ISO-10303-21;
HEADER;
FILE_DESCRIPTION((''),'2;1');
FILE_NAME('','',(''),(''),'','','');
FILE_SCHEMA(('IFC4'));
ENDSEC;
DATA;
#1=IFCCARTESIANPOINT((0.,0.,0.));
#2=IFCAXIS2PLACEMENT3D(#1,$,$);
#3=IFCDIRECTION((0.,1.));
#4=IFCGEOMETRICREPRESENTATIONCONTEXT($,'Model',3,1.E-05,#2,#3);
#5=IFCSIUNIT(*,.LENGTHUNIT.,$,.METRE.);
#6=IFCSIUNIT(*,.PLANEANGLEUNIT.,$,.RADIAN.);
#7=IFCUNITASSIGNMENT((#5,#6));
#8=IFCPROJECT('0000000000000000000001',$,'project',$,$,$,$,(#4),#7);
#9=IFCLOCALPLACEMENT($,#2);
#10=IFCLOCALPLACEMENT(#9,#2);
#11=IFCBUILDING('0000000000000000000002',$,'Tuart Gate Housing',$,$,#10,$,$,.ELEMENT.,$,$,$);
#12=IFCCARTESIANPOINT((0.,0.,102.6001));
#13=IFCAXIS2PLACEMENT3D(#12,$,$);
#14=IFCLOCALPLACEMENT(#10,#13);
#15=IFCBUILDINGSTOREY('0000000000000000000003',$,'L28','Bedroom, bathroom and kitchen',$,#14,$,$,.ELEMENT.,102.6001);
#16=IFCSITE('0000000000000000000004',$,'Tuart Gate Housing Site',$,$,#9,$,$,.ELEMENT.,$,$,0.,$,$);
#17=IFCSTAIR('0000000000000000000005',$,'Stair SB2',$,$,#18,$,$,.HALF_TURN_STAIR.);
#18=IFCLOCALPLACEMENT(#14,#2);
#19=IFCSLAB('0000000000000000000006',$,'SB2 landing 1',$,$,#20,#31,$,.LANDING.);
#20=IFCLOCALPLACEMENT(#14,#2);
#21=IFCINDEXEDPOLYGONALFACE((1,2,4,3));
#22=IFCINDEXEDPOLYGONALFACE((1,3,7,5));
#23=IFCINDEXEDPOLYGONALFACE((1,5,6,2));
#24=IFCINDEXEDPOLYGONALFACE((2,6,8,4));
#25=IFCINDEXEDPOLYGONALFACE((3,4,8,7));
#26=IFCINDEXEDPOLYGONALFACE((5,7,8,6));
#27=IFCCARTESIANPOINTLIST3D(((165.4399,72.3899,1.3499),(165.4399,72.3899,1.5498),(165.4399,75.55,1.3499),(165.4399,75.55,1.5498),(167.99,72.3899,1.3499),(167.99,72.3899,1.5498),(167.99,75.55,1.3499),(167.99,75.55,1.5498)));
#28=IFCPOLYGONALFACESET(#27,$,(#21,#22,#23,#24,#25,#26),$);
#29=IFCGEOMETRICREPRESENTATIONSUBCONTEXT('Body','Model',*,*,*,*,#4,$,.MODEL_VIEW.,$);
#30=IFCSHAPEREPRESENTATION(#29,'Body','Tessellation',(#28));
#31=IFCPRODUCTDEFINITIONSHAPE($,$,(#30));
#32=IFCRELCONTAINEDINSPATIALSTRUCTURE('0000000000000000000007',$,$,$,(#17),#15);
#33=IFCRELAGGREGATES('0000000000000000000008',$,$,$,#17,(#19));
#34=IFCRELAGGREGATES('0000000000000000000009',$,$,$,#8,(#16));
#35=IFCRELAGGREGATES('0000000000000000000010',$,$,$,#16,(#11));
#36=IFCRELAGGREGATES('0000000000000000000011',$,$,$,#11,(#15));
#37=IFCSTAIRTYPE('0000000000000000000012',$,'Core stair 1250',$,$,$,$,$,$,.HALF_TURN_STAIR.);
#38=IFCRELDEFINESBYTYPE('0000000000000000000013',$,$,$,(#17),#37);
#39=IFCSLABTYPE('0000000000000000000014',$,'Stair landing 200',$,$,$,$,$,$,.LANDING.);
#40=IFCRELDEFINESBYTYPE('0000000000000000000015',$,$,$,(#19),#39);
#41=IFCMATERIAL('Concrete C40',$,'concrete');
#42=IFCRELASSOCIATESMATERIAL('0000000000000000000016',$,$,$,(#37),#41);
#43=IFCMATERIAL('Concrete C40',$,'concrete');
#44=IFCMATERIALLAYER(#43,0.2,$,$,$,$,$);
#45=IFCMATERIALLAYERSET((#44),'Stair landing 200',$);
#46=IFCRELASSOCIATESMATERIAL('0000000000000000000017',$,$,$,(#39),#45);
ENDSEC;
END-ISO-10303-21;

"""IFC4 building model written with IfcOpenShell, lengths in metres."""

from ifc_helpers import new_model, si_unit, direction, frame, origin, place, context, subcontext, project, spatial, polyline, outline, extrude, material, layer, layer_set, type_object, element, aggregate, save


model = new_model("IFC4")

# Units and contexts
model_context = context("Model", 3, precision=1e-05, world=origin(), true_north=direction((0.0, 1.0)))
body_context = subcontext(model_context, "Body", "Model", "MODEL_VIEW")
ifc_project = project(units=[si_unit("LENGTHUNIT", "METRE"), si_unit("PLANEANGLEUNIT", "RADIAN")], contexts=[model_context])

# Site, building, storey
site_placement = place(None, origin())
site = spatial("IfcSite", under=ifc_project, at=site_placement, Name="Tuart Gate Housing Site", CompositionType="ELEMENT", RefElevation=0.0)
building_placement = place(site_placement, origin())
building = spatial("IfcBuilding", under=site, at=building_placement, Name="Tuart Gate Housing", CompositionType="ELEMENT")
storey_placement = place(building_placement, frame((0.0, 0.0, 102.6001)))
storey = spatial("IfcBuildingStorey", under=building, at=storey_placement, Name="L28", Description="Bedroom, bathroom and kitchen", CompositionType="ELEMENT", Elevation=102.6001)

# Stair, slab
ifc_material_1 = material(Name="Concrete C40", Category="concrete")
stair_type = type_object("IfcStairType", Name="Core stair 1250", PredefinedType="HALF_TURN_STAIR", material=ifc_material_1)
stair_placement = place(storey_placement, origin())
stair = element("IfcStair", 1, at=stair_placement, inside=storey, type_object=stair_type, Name="Stair SB2", PredefinedType="HALF_TURN_STAIR")
ifc_material_2 = material(Name="Concrete C40", Category="concrete")
ifc_layer_1 = layer(ifc_material_2, 0.2)
ifc_layer_set_1 = layer_set([ifc_layer_1], Name="Stair landing 200")
slab_type = type_object("IfcSlabType", Name="Stair landing 200", PredefinedType="LANDING", material=ifc_layer_set_1)
slab_placement = place(storey_placement, frame((0.0, 0.0, 1.3499)))
slab = element("IfcSlab", 2, at=slab_placement, type_object=slab_type, Name="SB2 landing 1", PredefinedType="LANDING", context=body_context, shape_type="SweptSolid", body=[
    extrude(outline(polyline([(165.4399, 72.3899), (167.99, 72.3899), (167.99, 75.55), (165.4399, 75.55), (165.4399, 72.3899)])), origin(), (0.0, 0.0, 1.0), 0.2),
])
aggregate(stair, [slab])

save(model, "model.ifc")
